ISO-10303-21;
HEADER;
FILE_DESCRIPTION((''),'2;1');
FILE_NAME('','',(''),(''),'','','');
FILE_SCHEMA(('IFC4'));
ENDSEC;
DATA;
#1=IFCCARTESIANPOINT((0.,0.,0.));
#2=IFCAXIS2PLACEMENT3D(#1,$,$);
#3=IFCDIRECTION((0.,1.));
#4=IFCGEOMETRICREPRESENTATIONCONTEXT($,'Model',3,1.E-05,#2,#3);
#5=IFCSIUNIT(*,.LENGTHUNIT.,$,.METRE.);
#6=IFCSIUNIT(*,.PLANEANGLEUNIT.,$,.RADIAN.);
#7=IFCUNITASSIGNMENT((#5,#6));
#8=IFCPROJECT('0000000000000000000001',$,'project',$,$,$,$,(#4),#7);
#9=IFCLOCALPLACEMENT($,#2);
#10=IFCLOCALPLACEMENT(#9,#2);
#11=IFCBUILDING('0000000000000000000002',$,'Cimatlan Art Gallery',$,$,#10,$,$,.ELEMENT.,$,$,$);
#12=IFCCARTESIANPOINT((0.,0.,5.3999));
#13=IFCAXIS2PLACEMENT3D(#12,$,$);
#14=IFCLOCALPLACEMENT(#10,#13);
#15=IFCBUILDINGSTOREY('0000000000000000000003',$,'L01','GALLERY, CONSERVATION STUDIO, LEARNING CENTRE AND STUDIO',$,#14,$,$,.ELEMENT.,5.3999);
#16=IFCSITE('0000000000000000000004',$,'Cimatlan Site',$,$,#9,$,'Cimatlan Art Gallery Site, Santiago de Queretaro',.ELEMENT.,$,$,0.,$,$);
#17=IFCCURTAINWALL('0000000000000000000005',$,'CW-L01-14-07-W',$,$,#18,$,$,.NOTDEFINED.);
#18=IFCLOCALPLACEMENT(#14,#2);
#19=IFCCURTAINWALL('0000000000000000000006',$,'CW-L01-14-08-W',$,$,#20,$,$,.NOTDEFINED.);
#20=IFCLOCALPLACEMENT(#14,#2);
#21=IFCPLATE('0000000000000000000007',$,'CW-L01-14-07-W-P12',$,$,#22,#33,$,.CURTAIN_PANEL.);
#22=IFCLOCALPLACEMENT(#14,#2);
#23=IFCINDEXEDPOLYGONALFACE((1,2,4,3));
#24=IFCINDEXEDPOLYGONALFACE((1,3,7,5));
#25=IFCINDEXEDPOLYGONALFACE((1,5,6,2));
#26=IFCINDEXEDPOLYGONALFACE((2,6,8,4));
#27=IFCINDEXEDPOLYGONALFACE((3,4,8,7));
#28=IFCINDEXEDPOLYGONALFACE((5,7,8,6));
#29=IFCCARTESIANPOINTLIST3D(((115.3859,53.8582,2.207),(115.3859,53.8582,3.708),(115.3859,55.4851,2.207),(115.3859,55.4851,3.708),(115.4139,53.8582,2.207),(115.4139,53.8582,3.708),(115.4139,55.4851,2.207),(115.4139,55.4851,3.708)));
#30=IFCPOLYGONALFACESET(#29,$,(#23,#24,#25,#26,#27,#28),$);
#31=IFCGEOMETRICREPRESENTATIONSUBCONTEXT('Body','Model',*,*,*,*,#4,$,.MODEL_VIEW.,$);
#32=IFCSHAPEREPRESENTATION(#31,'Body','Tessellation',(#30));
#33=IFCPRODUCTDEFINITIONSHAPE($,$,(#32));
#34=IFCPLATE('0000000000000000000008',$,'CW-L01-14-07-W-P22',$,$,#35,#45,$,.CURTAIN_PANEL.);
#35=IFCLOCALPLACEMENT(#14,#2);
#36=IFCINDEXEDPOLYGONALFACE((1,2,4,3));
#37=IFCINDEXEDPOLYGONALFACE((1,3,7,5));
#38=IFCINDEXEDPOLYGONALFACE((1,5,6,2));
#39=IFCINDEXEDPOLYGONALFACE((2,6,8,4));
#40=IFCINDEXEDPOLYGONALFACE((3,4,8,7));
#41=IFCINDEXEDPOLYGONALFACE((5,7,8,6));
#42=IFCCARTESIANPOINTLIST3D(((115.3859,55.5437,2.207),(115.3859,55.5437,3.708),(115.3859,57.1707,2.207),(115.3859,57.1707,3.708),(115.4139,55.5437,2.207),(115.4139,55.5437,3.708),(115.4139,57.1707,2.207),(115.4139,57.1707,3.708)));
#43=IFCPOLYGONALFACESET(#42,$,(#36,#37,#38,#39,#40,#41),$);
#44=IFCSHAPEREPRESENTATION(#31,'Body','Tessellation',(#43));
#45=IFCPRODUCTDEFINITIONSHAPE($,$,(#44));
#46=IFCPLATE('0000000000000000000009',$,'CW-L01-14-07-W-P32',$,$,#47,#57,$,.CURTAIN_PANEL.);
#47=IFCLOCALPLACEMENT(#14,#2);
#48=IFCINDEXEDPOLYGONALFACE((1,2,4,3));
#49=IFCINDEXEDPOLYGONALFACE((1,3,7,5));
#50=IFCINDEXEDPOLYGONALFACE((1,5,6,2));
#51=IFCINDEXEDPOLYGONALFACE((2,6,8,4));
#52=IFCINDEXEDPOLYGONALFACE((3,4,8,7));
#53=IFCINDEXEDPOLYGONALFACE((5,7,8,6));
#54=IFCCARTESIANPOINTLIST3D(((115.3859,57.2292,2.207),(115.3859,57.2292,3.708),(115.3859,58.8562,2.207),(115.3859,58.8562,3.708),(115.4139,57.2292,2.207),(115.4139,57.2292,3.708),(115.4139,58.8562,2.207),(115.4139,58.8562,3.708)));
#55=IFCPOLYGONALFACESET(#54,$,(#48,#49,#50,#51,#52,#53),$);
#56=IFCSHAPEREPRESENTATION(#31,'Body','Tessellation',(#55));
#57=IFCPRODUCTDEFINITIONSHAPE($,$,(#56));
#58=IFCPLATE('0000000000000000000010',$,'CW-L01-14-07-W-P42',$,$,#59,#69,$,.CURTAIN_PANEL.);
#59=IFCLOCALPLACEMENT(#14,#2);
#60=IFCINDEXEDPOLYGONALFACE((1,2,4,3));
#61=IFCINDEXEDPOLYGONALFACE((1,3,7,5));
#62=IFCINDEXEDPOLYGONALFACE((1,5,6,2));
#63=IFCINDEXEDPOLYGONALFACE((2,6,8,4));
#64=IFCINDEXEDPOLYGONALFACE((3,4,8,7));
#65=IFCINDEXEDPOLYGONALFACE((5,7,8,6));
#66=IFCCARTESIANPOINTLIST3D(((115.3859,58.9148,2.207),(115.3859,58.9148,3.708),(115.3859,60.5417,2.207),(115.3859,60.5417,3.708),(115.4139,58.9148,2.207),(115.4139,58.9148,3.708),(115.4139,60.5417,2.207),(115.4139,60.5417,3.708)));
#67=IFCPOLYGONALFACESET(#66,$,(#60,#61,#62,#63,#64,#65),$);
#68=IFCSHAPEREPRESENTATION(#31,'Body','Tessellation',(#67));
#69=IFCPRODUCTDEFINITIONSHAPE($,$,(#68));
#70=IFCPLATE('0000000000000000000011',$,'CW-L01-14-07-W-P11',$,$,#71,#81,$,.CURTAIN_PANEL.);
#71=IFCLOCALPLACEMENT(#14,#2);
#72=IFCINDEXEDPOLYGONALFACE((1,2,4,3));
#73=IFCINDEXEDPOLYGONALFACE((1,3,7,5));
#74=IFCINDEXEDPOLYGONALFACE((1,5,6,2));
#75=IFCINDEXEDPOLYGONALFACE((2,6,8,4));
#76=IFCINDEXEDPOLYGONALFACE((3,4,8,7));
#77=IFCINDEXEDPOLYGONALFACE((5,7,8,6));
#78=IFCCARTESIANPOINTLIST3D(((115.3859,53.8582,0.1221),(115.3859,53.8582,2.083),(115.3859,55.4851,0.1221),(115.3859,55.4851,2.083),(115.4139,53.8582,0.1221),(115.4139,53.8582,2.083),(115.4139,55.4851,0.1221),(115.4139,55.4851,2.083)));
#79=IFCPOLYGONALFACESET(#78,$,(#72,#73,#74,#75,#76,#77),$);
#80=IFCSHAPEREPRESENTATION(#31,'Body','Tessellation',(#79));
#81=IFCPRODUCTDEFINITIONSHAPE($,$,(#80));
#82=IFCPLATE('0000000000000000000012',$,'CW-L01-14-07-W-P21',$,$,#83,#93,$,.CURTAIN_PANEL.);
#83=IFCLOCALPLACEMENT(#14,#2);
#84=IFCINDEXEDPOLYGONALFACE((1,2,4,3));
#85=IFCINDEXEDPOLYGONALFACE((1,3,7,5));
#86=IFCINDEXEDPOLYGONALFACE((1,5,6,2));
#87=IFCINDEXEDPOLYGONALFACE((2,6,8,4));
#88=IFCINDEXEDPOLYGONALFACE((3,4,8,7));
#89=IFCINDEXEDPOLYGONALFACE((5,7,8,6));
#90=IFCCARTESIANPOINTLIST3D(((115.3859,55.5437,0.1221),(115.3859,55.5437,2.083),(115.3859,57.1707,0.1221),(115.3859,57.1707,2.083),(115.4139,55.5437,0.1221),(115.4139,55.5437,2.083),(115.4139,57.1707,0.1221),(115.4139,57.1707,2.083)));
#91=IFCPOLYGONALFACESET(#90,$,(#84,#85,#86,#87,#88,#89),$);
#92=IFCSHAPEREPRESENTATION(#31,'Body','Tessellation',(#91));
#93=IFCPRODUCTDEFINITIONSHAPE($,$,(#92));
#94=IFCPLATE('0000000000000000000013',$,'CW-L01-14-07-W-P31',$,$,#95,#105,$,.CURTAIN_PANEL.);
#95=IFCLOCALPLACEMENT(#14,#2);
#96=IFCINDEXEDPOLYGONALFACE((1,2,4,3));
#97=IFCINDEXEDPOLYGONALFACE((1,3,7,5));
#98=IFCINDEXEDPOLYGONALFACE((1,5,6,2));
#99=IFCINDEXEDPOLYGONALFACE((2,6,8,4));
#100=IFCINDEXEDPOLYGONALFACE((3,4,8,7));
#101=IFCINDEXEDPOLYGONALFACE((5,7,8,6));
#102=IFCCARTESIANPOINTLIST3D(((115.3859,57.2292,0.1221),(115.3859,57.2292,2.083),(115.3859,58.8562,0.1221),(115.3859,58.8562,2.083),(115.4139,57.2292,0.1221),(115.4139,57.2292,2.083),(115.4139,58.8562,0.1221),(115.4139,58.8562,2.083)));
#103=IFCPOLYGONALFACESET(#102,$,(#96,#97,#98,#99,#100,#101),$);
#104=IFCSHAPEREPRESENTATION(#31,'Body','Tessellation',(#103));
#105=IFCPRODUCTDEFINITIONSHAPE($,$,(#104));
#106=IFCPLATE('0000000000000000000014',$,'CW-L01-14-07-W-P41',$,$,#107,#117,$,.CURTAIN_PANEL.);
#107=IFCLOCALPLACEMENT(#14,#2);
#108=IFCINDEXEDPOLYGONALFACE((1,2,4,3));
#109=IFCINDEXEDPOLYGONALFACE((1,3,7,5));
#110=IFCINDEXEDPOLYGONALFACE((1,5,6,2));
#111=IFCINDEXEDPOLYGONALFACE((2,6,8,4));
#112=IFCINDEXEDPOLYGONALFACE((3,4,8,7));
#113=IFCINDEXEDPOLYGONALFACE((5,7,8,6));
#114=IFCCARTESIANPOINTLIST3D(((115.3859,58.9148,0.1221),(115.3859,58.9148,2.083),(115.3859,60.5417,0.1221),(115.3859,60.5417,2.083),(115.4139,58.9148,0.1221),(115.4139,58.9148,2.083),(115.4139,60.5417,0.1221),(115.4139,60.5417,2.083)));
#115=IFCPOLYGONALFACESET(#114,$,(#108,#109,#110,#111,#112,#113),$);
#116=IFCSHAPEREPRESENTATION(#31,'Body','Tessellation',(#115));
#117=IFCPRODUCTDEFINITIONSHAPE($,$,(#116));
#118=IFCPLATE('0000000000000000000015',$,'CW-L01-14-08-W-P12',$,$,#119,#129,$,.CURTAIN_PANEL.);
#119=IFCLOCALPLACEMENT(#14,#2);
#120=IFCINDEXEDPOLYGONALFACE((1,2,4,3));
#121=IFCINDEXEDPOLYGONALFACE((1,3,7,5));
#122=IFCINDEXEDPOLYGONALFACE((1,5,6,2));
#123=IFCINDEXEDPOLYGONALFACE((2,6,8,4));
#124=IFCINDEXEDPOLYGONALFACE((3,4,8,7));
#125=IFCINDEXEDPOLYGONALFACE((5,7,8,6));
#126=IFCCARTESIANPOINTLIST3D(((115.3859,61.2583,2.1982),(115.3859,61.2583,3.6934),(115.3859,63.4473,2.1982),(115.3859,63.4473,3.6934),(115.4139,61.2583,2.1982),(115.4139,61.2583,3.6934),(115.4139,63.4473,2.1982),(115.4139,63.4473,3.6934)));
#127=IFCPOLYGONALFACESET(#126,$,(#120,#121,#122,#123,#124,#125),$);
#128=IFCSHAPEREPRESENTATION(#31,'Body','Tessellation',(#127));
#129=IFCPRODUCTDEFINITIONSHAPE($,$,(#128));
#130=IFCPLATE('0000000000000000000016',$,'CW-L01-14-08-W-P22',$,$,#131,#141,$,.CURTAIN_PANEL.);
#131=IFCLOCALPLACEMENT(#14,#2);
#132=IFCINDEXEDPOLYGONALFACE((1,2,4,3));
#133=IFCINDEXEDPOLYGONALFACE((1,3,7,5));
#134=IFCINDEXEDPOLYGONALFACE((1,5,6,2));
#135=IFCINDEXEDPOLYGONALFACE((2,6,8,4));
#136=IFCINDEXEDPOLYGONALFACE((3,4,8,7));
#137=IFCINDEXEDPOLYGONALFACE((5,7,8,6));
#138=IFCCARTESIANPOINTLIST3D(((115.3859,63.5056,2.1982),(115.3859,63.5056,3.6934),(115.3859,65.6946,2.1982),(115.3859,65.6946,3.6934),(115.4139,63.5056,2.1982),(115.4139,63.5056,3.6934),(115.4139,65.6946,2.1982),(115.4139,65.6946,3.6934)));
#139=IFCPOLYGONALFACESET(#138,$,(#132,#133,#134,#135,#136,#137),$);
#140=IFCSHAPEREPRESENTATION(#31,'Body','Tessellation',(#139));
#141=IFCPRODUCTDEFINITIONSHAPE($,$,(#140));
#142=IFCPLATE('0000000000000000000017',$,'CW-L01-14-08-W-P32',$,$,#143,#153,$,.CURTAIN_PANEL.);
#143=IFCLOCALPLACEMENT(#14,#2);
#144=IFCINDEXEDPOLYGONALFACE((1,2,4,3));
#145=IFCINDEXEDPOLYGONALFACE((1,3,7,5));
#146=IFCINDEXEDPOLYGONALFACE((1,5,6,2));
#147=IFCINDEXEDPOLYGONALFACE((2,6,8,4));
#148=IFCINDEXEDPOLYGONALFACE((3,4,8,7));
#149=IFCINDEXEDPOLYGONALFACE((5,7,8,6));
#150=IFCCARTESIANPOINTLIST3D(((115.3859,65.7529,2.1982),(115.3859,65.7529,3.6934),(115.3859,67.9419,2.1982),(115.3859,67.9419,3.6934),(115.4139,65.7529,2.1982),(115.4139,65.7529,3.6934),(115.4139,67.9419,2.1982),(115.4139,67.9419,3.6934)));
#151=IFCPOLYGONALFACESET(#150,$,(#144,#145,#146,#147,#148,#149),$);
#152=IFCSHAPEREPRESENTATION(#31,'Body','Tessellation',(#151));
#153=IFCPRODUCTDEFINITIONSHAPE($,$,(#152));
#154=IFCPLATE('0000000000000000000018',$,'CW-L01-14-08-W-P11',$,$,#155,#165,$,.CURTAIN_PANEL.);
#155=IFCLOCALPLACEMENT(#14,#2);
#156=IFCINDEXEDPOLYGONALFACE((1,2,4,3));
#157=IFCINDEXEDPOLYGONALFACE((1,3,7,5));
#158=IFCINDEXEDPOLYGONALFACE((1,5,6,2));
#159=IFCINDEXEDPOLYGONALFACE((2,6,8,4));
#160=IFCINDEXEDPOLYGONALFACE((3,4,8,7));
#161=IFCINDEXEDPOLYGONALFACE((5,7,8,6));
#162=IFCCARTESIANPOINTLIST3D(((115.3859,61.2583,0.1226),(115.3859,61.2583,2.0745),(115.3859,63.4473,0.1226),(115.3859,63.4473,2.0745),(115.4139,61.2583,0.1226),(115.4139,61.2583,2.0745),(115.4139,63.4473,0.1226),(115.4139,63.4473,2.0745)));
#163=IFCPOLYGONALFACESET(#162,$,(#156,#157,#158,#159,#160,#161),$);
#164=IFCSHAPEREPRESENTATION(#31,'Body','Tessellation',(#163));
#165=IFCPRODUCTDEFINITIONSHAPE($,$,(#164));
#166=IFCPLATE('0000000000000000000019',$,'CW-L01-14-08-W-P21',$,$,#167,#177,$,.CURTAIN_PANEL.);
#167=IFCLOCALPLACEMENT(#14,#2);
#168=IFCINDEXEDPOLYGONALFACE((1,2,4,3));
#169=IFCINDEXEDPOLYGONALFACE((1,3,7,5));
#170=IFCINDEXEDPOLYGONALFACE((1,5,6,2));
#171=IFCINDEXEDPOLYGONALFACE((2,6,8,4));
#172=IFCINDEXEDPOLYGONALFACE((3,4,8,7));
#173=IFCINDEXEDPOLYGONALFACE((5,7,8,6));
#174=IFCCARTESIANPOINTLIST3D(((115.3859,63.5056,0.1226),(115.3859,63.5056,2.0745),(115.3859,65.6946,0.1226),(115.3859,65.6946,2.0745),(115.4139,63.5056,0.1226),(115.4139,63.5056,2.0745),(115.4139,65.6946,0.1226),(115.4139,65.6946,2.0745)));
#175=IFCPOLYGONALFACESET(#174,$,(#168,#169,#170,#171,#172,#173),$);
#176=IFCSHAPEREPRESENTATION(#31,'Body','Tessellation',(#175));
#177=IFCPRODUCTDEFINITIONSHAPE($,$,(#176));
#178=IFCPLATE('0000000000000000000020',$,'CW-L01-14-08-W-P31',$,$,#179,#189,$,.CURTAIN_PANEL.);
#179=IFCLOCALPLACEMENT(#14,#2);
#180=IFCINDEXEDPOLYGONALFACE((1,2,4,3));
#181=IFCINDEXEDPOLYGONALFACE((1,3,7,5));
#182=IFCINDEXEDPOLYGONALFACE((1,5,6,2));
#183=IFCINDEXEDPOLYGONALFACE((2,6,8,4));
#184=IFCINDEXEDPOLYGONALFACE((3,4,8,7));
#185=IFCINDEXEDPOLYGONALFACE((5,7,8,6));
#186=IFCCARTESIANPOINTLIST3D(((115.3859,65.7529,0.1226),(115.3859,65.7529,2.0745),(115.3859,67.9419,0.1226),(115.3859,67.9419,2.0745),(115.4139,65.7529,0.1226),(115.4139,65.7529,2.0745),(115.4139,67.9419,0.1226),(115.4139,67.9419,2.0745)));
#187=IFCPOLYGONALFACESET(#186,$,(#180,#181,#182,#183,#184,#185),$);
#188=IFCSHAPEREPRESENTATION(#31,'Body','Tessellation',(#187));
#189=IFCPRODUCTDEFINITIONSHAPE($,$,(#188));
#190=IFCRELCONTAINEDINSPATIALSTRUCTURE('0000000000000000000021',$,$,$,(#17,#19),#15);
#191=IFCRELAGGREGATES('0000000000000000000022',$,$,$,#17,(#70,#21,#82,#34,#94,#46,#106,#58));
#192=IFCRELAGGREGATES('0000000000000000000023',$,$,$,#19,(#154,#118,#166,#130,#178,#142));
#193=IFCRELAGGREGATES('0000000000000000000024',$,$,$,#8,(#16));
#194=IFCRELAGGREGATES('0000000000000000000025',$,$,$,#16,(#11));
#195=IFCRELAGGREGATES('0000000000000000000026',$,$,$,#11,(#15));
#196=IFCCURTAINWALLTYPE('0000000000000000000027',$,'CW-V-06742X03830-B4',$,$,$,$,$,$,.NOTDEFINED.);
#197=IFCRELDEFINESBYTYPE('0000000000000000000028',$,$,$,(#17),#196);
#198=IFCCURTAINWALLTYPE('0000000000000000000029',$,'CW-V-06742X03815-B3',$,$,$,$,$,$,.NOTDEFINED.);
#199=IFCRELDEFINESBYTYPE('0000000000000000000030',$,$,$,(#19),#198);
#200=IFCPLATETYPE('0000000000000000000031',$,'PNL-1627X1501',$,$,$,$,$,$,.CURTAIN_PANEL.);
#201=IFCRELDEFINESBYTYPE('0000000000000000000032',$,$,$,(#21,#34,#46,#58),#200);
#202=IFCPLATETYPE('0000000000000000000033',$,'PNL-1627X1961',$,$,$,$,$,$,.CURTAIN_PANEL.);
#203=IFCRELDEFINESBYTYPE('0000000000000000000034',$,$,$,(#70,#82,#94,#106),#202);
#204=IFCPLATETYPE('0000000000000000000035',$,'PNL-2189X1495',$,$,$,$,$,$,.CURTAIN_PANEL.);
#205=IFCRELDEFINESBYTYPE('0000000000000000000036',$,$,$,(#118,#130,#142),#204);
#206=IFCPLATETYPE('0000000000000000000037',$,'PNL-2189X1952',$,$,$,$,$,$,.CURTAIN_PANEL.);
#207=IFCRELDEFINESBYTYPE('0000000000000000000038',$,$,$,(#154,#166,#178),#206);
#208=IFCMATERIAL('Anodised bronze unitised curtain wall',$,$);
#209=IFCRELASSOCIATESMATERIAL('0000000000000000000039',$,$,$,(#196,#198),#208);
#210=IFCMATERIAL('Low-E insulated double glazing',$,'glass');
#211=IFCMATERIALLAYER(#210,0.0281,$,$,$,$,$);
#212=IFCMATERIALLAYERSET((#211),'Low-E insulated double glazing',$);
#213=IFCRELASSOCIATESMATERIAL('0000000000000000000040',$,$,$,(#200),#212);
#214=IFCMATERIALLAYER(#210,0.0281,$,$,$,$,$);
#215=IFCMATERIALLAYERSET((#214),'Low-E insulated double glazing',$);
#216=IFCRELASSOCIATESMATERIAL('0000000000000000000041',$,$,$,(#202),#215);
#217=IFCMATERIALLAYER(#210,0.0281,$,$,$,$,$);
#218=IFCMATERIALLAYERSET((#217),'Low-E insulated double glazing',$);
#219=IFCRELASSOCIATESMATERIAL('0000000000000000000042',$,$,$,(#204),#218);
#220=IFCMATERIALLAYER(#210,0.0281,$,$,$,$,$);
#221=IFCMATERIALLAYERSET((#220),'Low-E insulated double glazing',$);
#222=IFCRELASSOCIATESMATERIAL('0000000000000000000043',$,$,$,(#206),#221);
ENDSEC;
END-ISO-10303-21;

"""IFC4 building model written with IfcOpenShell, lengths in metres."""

from ifc_helpers import new_model, si_unit, direction, frame, origin, origin_2d, place, context, subcontext, project, spatial, rectangle, extrude, material, layer, layer_set, type_object, element, aggregate, save


model = new_model("IFC4")

# Units and contexts
model_context = context("Model", 3, precision=1e-05, world=origin(), true_north=direction((0.0, 1.0)))
body_context = subcontext(model_context, "Body", "Model", "MODEL_VIEW")
ifc_project = project(units=[si_unit("LENGTHUNIT", "METRE"), si_unit("PLANEANGLEUNIT", "RADIAN")], contexts=[model_context])

# Site, building, storey
site_placement = place(None, origin())
site = spatial("IfcSite", under=ifc_project, at=site_placement, Name="Cimatlan Site", LongName="Cimatlan Art Gallery Site, Santiago de Queretaro", CompositionType="ELEMENT", RefElevation=0.0)
building_placement = place(site_placement, origin())
building = spatial("IfcBuilding", under=site, at=building_placement, Name="Cimatlan Art Gallery", CompositionType="ELEMENT")
storey_placement = place(building_placement, frame((0.0, 0.0, 5.3999)))
storey = spatial("IfcBuildingStorey", under=building, at=storey_placement, Name="L01", Description="GALLERY, CONSERVATION STUDIO, LEARNING CENTRE AND STUDIO", CompositionType="ELEMENT", Elevation=5.3999)

# Curtain walls
ifc_material_1 = material(Name="Anodised bronze unitised curtain wall")
curtain_wall_type_1 = type_object("IfcCurtainWallType", Name="CW-V-06742X03830-B4", PredefinedType="NOTDEFINED", material=ifc_material_1)
curtain_wall_1_placement = place(storey_placement, origin())
curtain_wall_1 = element("IfcCurtainWall", 1, at=curtain_wall_1_placement, inside=storey, type_object=curtain_wall_type_1, Name="CW-L01-14-07-W", PredefinedType="NOTDEFINED")
curtain_wall_type_2 = type_object("IfcCurtainWallType", Name="CW-V-06742X03815-B3", PredefinedType="NOTDEFINED", material=ifc_material_1)
curtain_wall_2_placement = place(storey_placement, origin())
curtain_wall_2 = element("IfcCurtainWall", 2, at=curtain_wall_2_placement, inside=storey, type_object=curtain_wall_type_2, Name="CW-L01-14-08-W", PredefinedType="NOTDEFINED")

# Plates
ifc_material_2 = material(Name="Low-E insulated double glazing", Category="glass")
ifc_layer_1 = layer(ifc_material_2, 0.0281)
ifc_layer_set_1 = layer_set([ifc_layer_1], Name="Low-E insulated double glazing")
plate_type_1 = type_object("IfcPlateType", Name="PNL-1627X1501", PredefinedType="CURTAIN_PANEL", material=ifc_layer_set_1)
plate_1_placement = place(storey_placement, frame((115.3999, 54.6716, 2.207), z_axis=(0.0, 0.0, 1.0), x_axis=(0.0, 1.0, 0.0)))
plate_1 = element("IfcPlate", 3, at=plate_1_placement, type_object=plate_type_1, Name="CW-L01-14-07-W-P12", PredefinedType="CURTAIN_PANEL", context=body_context, shape_type="SweptSolid", body=[
    extrude(rectangle(XDim=1.627, YDim=0.0281, at=origin_2d()), origin(), (0.0, 0.0, 1.0), 1.501),
])
plate_2_placement = place(storey_placement, frame((115.3999, 56.3572, 2.207), z_axis=(0.0, 0.0, 1.0), x_axis=(0.0, 1.0, 0.0)))
plate_2 = element("IfcPlate", 4, at=plate_2_placement, type_object=plate_type_1, Name="CW-L01-14-07-W-P22", PredefinedType="CURTAIN_PANEL", context=body_context, shape_type="SweptSolid", body=[
    extrude(rectangle(XDim=1.627, YDim=0.0281, at=origin_2d()), origin(), (0.0, 0.0, 1.0), 1.501),
])
plate_3_placement = place(storey_placement, frame((115.3999, 58.0427, 2.207), z_axis=(0.0, 0.0, 1.0), x_axis=(0.0, 1.0, 0.0)))
plate_3 = element("IfcPlate", 5, at=plate_3_placement, type_object=plate_type_1, Name="CW-L01-14-07-W-P32", PredefinedType="CURTAIN_PANEL", context=body_context, shape_type="SweptSolid", body=[
    extrude(rectangle(XDim=1.627, YDim=0.0281, at=origin_2d()), origin(), (0.0, 0.0, 1.0), 1.501),
])
plate_4_placement = place(storey_placement, frame((115.3999, 59.7283, 2.207), z_axis=(0.0, 0.0, 1.0), x_axis=(0.0, 1.0, 0.0)))
plate_4 = element("IfcPlate", 6, at=plate_4_placement, type_object=plate_type_1, Name="CW-L01-14-07-W-P42", PredefinedType="CURTAIN_PANEL", context=body_context, shape_type="SweptSolid", body=[
    extrude(rectangle(XDim=1.627, YDim=0.0281, at=origin_2d()), origin(), (0.0, 0.0, 1.0), 1.501),
])
ifc_layer_2 = layer(ifc_material_2, 0.0281)
ifc_layer_set_2 = layer_set([ifc_layer_2], Name="Low-E insulated double glazing")
plate_type_2 = type_object("IfcPlateType", Name="PNL-1627X1961", PredefinedType="CURTAIN_PANEL", material=ifc_layer_set_2)
plate_5_placement = place(storey_placement, frame((115.3999, 54.6716, 0.1221), z_axis=(0.0, 0.0, 1.0), x_axis=(0.0, 1.0, 0.0)))
plate_5 = element("IfcPlate", 7, at=plate_5_placement, type_object=plate_type_2, Name="CW-L01-14-07-W-P11", PredefinedType="CURTAIN_PANEL", context=body_context, shape_type="SweptSolid", body=[
    extrude(rectangle(XDim=1.627, YDim=0.0281, at=origin_2d()), origin(), (0.0, 0.0, 1.0), 1.9609),
])
plate_6_placement = place(storey_placement, frame((115.3999, 56.3572, 0.1221), z_axis=(0.0, 0.0, 1.0), x_axis=(0.0, 1.0, 0.0)))
plate_6 = element("IfcPlate", 8, at=plate_6_placement, type_object=plate_type_2, Name="CW-L01-14-07-W-P21", PredefinedType="CURTAIN_PANEL", context=body_context, shape_type="SweptSolid", body=[
    extrude(rectangle(XDim=1.627, YDim=0.0281, at=origin_2d()), origin(), (0.0, 0.0, 1.0), 1.9609),
])
plate_7_placement = place(storey_placement, frame((115.3999, 58.0427, 0.1221), z_axis=(0.0, 0.0, 1.0), x_axis=(0.0, 1.0, 0.0)))
plate_7 = element("IfcPlate", 9, at=plate_7_placement, type_object=plate_type_2, Name="CW-L01-14-07-W-P31", PredefinedType="CURTAIN_PANEL", context=body_context, shape_type="SweptSolid", body=[
    extrude(rectangle(XDim=1.627, YDim=0.0281, at=origin_2d()), origin(), (0.0, 0.0, 1.0), 1.9609),
])
plate_8_placement = place(storey_placement, frame((115.3999, 59.7283, 0.1221), z_axis=(0.0, 0.0, 1.0), x_axis=(0.0, 1.0, 0.0)))
plate_8 = element("IfcPlate", 10, at=plate_8_placement, type_object=plate_type_2, Name="CW-L01-14-07-W-P41", PredefinedType="CURTAIN_PANEL", context=body_context, shape_type="SweptSolid", body=[
    extrude(rectangle(XDim=1.627, YDim=0.0281, at=origin_2d()), origin(), (0.0, 0.0, 1.0), 1.9609),
])
aggregate(curtain_wall_1, [plate_5, plate_1, plate_6, plate_2, plate_7, plate_3, plate_8, plate_4])
ifc_layer_3 = layer(ifc_material_2, 0.0281)
ifc_layer_set_3 = layer_set([ifc_layer_3], Name="Low-E insulated double glazing")
plate_type_3 = type_object("IfcPlateType", Name="PNL-2189X1495", PredefinedType="CURTAIN_PANEL", material=ifc_layer_set_3)
plate_9_placement = place(storey_placement, frame((115.3999, 62.3528, 2.1982), z_axis=(0.0, 0.0, 1.0), x_axis=(0.0, 1.0, 0.0)))
plate_9 = element("IfcPlate", 11, at=plate_9_placement, type_object=plate_type_3, Name="CW-L01-14-08-W-P12", PredefinedType="CURTAIN_PANEL", context=body_context, shape_type="SweptSolid", body=[
    extrude(rectangle(XDim=2.189, YDim=0.0281, at=origin_2d()), origin(), (0.0, 0.0, 1.0), 1.4951),
])
plate_10_placement = place(storey_placement, frame((115.3999, 64.6001, 2.1982), z_axis=(0.0, 0.0, 1.0), x_axis=(0.0, 1.0, 0.0)))
plate_10 = element("IfcPlate", 12, at=plate_10_placement, type_object=plate_type_3, Name="CW-L01-14-08-W-P22", PredefinedType="CURTAIN_PANEL", context=body_context, shape_type="SweptSolid", body=[
    extrude(rectangle(XDim=2.189, YDim=0.0281, at=origin_2d()), origin(), (0.0, 0.0, 1.0), 1.4951),
])
plate_11_placement = place(storey_placement, frame((115.3999, 66.8474, 2.1982), z_axis=(0.0, 0.0, 1.0), x_axis=(0.0, 1.0, 0.0)))
plate_11 = element("IfcPlate", 13, at=plate_11_placement, type_object=plate_type_3, Name="CW-L01-14-08-W-P32", PredefinedType="CURTAIN_PANEL", context=body_context, shape_type="SweptSolid", body=[
    extrude(rectangle(XDim=2.189, YDim=0.0281, at=origin_2d()), origin(), (0.0, 0.0, 1.0), 1.4951),
])
ifc_layer_4 = layer(ifc_material_2, 0.0281)
ifc_layer_set_4 = layer_set([ifc_layer_4], Name="Low-E insulated double glazing")
plate_type_4 = type_object("IfcPlateType", Name="PNL-2189X1952", PredefinedType="CURTAIN_PANEL", material=ifc_layer_set_4)
plate_12_placement = place(storey_placement, frame((115.3999, 62.3528, 0.1226), z_axis=(0.0, 0.0, 1.0), x_axis=(0.0, 1.0, 0.0)))
plate_12 = element("IfcPlate", 14, at=plate_12_placement, type_object=plate_type_4, Name="CW-L01-14-08-W-P11", PredefinedType="CURTAIN_PANEL", context=body_context, shape_type="SweptSolid", body=[
    extrude(rectangle(XDim=2.189, YDim=0.0281, at=origin_2d()), origin(), (0.0, 0.0, 1.0), 1.9519),
])
plate_13_placement = place(storey_placement, frame((115.3999, 64.6001, 0.1226), z_axis=(0.0, 0.0, 1.0), x_axis=(0.0, 1.0, 0.0)))
plate_13 = element("IfcPlate", 15, at=plate_13_placement, type_object=plate_type_4, Name="CW-L01-14-08-W-P21", PredefinedType="CURTAIN_PANEL", context=body_context, shape_type="SweptSolid", body=[
    extrude(rectangle(XDim=2.189, YDim=0.0281, at=origin_2d()), origin(), (0.0, 0.0, 1.0), 1.9519),
])
plate_14_placement = place(storey_placement, frame((115.3999, 66.8474, 0.1226), z_axis=(0.0, 0.0, 1.0), x_axis=(0.0, 1.0, 0.0)))
plate_14 = element("IfcPlate", 16, at=plate_14_placement, type_object=plate_type_4, Name="CW-L01-14-08-W-P31", PredefinedType="CURTAIN_PANEL", context=body_context, shape_type="SweptSolid", body=[
    extrude(rectangle(XDim=2.189, YDim=0.0281, at=origin_2d()), origin(), (0.0, 0.0, 1.0), 1.9519),
])
aggregate(curtain_wall_2, [plate_12, plate_9, plate_13, plate_10, plate_14, plate_11])

save(model, "model.ifc")
